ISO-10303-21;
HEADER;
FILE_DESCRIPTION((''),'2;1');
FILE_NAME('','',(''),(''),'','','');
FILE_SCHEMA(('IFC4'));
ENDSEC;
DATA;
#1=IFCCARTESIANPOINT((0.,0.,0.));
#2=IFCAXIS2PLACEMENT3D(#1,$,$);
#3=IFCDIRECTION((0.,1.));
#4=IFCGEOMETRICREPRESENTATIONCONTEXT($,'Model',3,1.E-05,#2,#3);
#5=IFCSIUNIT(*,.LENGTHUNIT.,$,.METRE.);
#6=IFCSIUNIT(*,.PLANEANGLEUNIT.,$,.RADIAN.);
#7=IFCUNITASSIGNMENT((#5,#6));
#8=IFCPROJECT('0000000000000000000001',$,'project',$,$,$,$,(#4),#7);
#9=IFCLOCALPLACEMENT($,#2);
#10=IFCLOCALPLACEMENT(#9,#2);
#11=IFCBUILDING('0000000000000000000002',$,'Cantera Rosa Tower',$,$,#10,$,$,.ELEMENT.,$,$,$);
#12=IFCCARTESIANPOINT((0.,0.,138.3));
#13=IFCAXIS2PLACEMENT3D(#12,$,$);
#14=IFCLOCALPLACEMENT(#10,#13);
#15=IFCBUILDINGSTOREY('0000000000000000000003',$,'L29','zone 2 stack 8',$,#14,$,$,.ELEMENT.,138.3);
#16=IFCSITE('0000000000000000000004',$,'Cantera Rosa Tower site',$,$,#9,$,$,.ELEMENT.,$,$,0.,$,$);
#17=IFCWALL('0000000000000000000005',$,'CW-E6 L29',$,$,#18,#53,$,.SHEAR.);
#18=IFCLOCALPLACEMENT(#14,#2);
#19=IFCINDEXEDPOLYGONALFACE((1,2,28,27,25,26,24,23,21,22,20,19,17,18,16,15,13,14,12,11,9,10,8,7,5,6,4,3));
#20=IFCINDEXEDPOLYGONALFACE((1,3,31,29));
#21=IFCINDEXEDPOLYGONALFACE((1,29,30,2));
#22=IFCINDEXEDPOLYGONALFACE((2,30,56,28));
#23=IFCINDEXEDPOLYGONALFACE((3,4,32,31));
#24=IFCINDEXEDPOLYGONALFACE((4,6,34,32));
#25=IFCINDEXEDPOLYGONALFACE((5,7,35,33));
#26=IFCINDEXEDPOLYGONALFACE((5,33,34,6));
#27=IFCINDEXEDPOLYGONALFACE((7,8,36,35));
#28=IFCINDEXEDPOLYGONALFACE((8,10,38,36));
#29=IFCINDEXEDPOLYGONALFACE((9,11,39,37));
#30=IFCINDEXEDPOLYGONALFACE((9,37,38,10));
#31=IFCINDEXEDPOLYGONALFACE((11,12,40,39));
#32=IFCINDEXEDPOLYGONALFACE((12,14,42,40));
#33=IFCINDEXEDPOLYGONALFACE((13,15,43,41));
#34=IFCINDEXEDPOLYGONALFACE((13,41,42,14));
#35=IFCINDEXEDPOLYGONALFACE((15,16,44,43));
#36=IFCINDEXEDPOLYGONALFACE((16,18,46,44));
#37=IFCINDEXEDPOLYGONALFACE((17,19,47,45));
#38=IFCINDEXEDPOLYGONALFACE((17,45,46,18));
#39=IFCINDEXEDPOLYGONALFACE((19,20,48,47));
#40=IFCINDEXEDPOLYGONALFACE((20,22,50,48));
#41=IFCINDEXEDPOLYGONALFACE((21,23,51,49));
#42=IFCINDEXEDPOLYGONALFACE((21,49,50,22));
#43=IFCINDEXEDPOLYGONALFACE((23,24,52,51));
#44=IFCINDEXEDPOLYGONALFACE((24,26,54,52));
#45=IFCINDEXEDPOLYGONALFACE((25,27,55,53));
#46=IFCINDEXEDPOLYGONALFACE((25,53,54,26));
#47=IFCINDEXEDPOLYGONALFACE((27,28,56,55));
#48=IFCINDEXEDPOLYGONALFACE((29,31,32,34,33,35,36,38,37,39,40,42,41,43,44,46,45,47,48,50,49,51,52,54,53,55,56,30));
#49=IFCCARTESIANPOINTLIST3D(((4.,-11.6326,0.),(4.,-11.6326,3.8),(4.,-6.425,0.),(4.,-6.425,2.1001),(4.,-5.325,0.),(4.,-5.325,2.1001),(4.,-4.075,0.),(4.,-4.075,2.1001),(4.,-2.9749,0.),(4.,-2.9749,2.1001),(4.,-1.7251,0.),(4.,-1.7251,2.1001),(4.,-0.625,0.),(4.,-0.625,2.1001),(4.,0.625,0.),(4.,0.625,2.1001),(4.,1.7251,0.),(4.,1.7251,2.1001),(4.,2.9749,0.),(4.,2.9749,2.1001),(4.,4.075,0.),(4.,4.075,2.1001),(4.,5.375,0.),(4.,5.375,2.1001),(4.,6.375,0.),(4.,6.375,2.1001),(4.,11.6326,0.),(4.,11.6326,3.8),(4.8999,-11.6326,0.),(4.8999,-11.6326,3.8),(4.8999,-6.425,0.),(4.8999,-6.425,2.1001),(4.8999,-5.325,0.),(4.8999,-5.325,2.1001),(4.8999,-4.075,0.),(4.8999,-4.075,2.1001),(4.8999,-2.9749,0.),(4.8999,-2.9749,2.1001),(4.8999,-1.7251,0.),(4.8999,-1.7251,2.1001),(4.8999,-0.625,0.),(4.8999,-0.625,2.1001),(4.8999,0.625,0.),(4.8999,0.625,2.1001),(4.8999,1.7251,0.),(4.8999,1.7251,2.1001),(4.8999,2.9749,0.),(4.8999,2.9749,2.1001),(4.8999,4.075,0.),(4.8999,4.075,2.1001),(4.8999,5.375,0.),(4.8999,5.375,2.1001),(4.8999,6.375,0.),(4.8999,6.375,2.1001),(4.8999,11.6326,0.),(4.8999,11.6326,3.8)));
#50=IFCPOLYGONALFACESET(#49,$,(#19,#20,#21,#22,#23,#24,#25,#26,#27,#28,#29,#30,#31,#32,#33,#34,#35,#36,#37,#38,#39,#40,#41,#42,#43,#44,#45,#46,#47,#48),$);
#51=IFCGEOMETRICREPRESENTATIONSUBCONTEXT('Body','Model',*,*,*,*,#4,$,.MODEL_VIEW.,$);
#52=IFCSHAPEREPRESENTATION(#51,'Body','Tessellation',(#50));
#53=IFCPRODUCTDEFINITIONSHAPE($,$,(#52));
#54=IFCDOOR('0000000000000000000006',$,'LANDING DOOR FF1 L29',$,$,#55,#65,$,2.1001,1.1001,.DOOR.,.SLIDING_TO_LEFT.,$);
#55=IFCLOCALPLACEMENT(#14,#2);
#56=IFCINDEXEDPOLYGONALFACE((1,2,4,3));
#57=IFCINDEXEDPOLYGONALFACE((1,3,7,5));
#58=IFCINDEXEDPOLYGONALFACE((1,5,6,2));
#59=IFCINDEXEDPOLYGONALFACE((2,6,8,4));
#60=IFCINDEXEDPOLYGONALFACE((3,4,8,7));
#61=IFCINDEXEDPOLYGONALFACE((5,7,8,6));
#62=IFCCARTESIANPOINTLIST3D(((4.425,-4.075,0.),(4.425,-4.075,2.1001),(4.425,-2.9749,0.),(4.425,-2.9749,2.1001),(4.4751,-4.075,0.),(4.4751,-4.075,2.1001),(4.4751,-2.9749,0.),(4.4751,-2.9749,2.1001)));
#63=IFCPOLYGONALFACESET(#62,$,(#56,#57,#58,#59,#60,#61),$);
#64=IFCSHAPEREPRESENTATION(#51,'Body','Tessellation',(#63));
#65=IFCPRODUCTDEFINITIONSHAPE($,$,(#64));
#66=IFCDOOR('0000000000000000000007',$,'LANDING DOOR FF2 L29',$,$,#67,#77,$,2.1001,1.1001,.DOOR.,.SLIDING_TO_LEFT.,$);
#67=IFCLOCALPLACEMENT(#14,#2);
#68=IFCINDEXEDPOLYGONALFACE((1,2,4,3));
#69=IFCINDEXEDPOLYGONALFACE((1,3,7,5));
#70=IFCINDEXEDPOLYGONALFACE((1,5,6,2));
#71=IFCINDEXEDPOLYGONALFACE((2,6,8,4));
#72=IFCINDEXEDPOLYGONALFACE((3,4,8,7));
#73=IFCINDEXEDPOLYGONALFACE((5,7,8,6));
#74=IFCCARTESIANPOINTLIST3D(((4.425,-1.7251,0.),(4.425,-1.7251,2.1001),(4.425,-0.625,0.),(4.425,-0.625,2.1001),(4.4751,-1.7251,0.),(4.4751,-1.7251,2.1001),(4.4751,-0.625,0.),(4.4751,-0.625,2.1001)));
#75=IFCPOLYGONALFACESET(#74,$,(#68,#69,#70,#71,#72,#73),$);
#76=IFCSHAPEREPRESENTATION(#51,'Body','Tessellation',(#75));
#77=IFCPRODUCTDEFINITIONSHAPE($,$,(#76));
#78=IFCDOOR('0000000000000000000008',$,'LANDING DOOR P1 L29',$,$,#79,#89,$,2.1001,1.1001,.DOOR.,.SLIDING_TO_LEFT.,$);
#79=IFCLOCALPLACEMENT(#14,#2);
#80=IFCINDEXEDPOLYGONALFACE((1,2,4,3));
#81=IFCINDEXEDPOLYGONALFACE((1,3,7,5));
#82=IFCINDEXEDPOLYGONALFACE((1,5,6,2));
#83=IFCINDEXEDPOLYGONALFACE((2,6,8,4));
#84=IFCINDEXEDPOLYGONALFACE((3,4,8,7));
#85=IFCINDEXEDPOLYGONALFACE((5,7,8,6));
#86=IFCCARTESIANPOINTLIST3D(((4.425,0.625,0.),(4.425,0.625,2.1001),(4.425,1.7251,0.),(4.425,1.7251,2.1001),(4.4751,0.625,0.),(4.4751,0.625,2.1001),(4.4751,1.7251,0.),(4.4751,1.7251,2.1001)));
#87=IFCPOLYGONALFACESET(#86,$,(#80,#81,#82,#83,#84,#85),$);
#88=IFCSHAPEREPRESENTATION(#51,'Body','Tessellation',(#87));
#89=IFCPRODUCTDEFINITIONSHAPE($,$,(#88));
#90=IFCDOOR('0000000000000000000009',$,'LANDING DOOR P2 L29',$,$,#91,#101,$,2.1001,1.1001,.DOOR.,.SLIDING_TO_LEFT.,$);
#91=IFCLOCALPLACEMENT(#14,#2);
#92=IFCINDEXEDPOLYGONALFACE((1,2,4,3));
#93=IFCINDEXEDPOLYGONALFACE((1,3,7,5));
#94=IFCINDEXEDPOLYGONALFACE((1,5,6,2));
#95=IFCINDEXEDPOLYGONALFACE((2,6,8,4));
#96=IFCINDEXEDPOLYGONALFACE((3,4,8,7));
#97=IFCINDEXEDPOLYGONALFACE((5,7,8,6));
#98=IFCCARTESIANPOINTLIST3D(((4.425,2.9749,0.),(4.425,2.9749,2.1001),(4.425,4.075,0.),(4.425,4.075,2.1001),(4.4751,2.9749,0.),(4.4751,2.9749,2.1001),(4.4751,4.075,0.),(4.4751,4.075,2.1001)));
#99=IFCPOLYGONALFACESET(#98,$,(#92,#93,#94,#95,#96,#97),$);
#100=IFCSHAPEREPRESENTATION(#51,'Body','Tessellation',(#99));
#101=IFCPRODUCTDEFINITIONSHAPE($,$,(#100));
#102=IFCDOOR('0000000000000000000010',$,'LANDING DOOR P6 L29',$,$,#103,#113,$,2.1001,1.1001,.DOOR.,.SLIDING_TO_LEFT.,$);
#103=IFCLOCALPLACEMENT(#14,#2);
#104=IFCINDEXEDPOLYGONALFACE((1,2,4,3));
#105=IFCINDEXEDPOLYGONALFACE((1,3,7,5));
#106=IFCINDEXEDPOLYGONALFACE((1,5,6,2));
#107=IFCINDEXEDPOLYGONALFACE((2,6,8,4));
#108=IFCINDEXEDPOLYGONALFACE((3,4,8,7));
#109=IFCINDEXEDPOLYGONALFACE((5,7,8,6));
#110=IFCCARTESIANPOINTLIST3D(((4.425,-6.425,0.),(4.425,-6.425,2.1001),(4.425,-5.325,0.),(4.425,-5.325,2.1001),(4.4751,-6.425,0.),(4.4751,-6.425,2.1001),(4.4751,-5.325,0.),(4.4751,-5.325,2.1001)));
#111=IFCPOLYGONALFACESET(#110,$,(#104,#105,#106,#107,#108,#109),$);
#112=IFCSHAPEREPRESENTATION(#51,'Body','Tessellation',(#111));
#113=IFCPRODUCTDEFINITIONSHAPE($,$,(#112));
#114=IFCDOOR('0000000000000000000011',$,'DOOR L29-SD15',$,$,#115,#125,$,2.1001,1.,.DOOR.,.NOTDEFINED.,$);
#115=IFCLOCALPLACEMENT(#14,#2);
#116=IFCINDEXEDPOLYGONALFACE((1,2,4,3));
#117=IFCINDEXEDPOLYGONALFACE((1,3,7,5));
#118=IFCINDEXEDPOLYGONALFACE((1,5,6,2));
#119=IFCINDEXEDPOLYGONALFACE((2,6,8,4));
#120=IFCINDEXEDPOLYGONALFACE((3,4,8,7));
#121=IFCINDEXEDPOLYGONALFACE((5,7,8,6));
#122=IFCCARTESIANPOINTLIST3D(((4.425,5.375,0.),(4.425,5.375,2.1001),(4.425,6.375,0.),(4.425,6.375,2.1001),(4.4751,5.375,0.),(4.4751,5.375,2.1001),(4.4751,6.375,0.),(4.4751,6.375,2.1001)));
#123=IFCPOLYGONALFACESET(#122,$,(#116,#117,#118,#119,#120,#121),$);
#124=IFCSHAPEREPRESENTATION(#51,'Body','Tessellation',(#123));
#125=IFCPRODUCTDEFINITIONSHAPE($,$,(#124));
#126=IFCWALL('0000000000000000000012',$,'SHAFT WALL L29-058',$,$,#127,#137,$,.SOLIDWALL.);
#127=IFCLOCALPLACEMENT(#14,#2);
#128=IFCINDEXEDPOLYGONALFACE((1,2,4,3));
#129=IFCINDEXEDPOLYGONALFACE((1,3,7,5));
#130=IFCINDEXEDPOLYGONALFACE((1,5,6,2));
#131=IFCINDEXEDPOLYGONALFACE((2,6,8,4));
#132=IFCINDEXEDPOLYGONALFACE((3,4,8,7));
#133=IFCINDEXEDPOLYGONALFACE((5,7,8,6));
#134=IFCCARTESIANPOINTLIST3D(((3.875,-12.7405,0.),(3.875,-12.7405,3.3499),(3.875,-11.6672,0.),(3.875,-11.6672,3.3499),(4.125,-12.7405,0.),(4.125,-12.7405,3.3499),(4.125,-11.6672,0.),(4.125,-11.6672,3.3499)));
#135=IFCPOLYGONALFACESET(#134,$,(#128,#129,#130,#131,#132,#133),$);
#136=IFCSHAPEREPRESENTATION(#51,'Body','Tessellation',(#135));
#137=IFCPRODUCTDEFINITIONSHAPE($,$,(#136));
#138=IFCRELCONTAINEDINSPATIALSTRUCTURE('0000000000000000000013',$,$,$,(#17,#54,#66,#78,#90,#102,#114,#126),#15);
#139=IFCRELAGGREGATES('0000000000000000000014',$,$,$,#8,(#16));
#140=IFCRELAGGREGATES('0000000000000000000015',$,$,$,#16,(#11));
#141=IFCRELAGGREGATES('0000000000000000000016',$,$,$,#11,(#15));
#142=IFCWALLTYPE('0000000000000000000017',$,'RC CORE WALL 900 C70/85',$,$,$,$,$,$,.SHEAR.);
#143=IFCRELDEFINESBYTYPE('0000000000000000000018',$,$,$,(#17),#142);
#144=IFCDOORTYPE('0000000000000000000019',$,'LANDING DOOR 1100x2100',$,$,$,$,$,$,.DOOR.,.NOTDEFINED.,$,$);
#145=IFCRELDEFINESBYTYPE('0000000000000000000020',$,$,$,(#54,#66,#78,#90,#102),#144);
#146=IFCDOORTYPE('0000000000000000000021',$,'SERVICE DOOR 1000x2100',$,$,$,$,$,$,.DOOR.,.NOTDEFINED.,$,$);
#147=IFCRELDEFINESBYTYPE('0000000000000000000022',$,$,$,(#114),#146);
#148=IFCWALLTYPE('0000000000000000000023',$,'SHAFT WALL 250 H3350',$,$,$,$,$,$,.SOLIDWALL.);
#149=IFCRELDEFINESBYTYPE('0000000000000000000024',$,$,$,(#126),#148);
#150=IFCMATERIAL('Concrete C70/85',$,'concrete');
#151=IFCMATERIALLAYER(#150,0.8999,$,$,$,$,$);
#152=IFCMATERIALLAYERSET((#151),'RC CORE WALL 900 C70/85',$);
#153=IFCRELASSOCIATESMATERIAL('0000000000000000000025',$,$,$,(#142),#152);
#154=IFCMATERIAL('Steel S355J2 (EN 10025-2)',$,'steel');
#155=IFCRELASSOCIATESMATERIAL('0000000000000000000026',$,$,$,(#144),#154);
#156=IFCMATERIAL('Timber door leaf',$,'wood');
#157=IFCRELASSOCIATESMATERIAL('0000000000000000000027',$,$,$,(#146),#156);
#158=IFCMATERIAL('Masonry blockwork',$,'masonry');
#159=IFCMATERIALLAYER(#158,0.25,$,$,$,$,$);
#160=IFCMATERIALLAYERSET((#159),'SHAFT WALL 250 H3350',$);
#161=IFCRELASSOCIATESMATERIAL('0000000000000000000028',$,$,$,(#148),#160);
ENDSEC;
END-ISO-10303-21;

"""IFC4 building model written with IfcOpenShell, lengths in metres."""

from ifc_helpers import new_model, si_unit, direction, frame, frame_2d, origin, place, context, subcontext, project, spatial, rectangle, extrude, material, layer, layer_set, type_object, element, fill, save


model = new_model("IFC4")

# Units and contexts
model_context = context("Model", 3, precision=1e-05, world=origin(), true_north=direction((0.0, 1.0)))
body_context = subcontext(model_context, "Body", "Model", "MODEL_VIEW")
ifc_project = project(units=[si_unit("LENGTHUNIT", "METRE"), si_unit("PLANEANGLEUNIT", "RADIAN")], contexts=[model_context])

# Site, building, storey
site_placement = place(None, origin())
site = spatial("IfcSite", under=ifc_project, at=site_placement, Name="Cantera Rosa Tower site", CompositionType="ELEMENT", RefElevation=0.0)
building_placement = place(site_placement, origin())
building = spatial("IfcBuilding", under=site, at=building_placement, Name="Cantera Rosa Tower", CompositionType="ELEMENT")
storey_placement = place(building_placement, frame((0.0, 0.0, 138.3)))
storey = spatial("IfcBuildingStorey", under=building, at=storey_placement, Name="L29", Description="zone 2 stack 8", CompositionType="ELEMENT", Elevation=138.3)

# Shared definitions
ifc_material_1 = material(Name="Concrete C70/85", Category="concrete")
ifc_layer_1 = layer(ifc_material_1, 0.8999)
ifc_layer_set_1 = layer_set([ifc_layer_1], Name="RC CORE WALL 900 C70/85")
wall_type_1 = type_object("IfcWallType", Name="RC CORE WALL 900 C70/85", PredefinedType="SHEAR", material=ifc_layer_set_1)

# Wall, openings, doors
wall_1_placement = place(storey_placement, frame((4.45, -11.6326, 0.0), z_axis=(0.0, 0.0, 1.0), x_axis=(0.0, 1.0, 0.0)))
wall_1 = element("IfcWall", 1, at=wall_1_placement, inside=storey, type_object=wall_type_1, Name="CW-E6 L29", PredefinedType="SHEAR", context=body_context, shape_type="SweptSolid", body=[
    extrude(rectangle(XDim=23.2651, YDim=0.8999, at=frame_2d((11.6326, 0.0))), origin(), (0.0, 0.0, 1.0), 3.8),
])
opening_1_placement = place(wall_1_placement, frame((7.5576, 0.0, 0.0)))
opening_1 = element("IfcOpeningElement", 2, at=opening_1_placement, cuts=wall_1, PredefinedType="OPENING", context=body_context, shape_type="SweptSolid", body=[
    extrude(rectangle(XDim=1.1001, YDim=2.1001, at=frame_2d((0.55, 1.05))), frame((0.0, 0.46, 0.0), z_axis=(0.0, -1.0, 0.0), x_axis=(1.0, 0.0, 0.0)), (0.0, 0.0, 1.0), 0.9199),
])
opening_2_placement = place(wall_1_placement, frame((9.9075, 0.0, 0.0)))
opening_2 = element("IfcOpeningElement", 3, at=opening_2_placement, cuts=wall_1, PredefinedType="OPENING", context=body_context, shape_type="SweptSolid", body=[
    extrude(rectangle(XDim=1.1001, YDim=2.1001, at=frame_2d((0.55, 1.05))), frame((0.0, 0.46, 0.0), z_axis=(0.0, -1.0, 0.0), x_axis=(1.0, 0.0, 0.0)), (0.0, 0.0, 1.0), 0.9199),
])
opening_3_placement = place(wall_1_placement, frame((12.2576, 0.0, 0.0)))
opening_3 = element("IfcOpeningElement", 4, at=opening_3_placement, cuts=wall_1, PredefinedType="OPENING", context=body_context, shape_type="SweptSolid", body=[
    extrude(rectangle(XDim=1.1001, YDim=2.1001, at=frame_2d((0.55, 1.05))), frame((0.0, 0.46, 0.0), z_axis=(0.0, -1.0, 0.0), x_axis=(1.0, 0.0, 0.0)), (0.0, 0.0, 1.0), 0.9199),
])
opening_4_placement = place(wall_1_placement, frame((14.6074, 0.0, 0.0)))
opening_4 = element("IfcOpeningElement", 5, at=opening_4_placement, cuts=wall_1, PredefinedType="OPENING", context=body_context, shape_type="SweptSolid", body=[
    extrude(rectangle(XDim=1.1001, YDim=2.1001, at=frame_2d((0.55, 1.05))), frame((0.0, 0.46, 0.0), z_axis=(0.0, -1.0, 0.0), x_axis=(1.0, 0.0, 0.0)), (0.0, 0.0, 1.0), 0.9199),
])
opening_5_placement = place(wall_1_placement, frame((5.2075, 0.0, 0.0)))
opening_5 = element("IfcOpeningElement", 6, at=opening_5_placement, cuts=wall_1, PredefinedType="OPENING", context=body_context, shape_type="SweptSolid", body=[
    extrude(rectangle(XDim=1.1001, YDim=2.1001, at=frame_2d((0.55, 1.05))), frame((0.0, 0.46, 0.0), z_axis=(0.0, -1.0, 0.0), x_axis=(1.0, 0.0, 0.0)), (0.0, 0.0, 1.0), 0.9199),
])
opening_6_placement = place(wall_1_placement, frame((17.0076, 0.0, 0.0)))
opening_6 = element("IfcOpeningElement", 7, at=opening_6_placement, cuts=wall_1, PredefinedType="OPENING", context=body_context, shape_type="SweptSolid", body=[
    extrude(rectangle(XDim=1.0, YDim=2.1001, at=frame_2d((0.5, 1.05))), frame((0.0, 0.46, 0.0), z_axis=(0.0, -1.0, 0.0), x_axis=(1.0, 0.0, 0.0)), (0.0, 0.0, 1.0), 0.9199),
])
ifc_material_2 = material(Name="Steel S355J2 (EN 10025-2)", Category="steel")
door_type_1 = type_object("IfcDoorType", Name="LANDING DOOR 1100x2100", OperationType="NOTDEFINED", PredefinedType="DOOR", material=ifc_material_2)
door_1_placement = place(opening_1_placement, origin())
door_1 = element("IfcDoor", 8, at=door_1_placement, inside=storey, type_object=door_type_1, Name="LANDING DOOR FF1 L29", OperationType="SLIDING_TO_LEFT", OverallHeight=2.1001, OverallWidth=1.1001, PredefinedType="DOOR", context=body_context, shape_type="SweptSolid", body=[
    extrude(rectangle(XDim=1.1001, YDim=2.1001, at=frame_2d((0.55, 1.05))), frame((0.0, 0.0249, 0.0), z_axis=(0.0, -1.0, 0.0), x_axis=(1.0, 0.0, 0.0)), (0.0, 0.0, 1.0), 0.05),
])
fill(opening_1, door_1)
door_2_placement = place(opening_2_placement, origin())
door_2 = element("IfcDoor", 9, at=door_2_placement, inside=storey, type_object=door_type_1, Name="LANDING DOOR FF2 L29", OperationType="SLIDING_TO_LEFT", OverallHeight=2.1001, OverallWidth=1.1001, PredefinedType="DOOR", context=body_context, shape_type="SweptSolid", body=[
    extrude(rectangle(XDim=1.1001, YDim=2.1001, at=frame_2d((0.55, 1.05))), frame((0.0, 0.0249, 0.0), z_axis=(0.0, -1.0, 0.0), x_axis=(1.0, 0.0, 0.0)), (0.0, 0.0, 1.0), 0.05),
])
fill(opening_2, door_2)
door_3_placement = place(opening_3_placement, origin())
door_3 = element("IfcDoor", 10, at=door_3_placement, inside=storey, type_object=door_type_1, Name="LANDING DOOR P1 L29", OperationType="SLIDING_TO_LEFT", OverallHeight=2.1001, OverallWidth=1.1001, PredefinedType="DOOR", context=body_context, shape_type="SweptSolid", body=[
    extrude(rectangle(XDim=1.1001, YDim=2.1001, at=frame_2d((0.55, 1.05))), frame((0.0, 0.0249, 0.0), z_axis=(0.0, -1.0, 0.0), x_axis=(1.0, 0.0, 0.0)), (0.0, 0.0, 1.0), 0.05),
])
fill(opening_3, door_3)
door_4_placement = place(opening_4_placement, origin())
door_4 = element("IfcDoor", 11, at=door_4_placement, inside=storey, type_object=door_type_1, Name="LANDING DOOR P2 L29", OperationType="SLIDING_TO_LEFT", OverallHeight=2.1001, OverallWidth=1.1001, PredefinedType="DOOR", context=body_context, shape_type="SweptSolid", body=[
    extrude(rectangle(XDim=1.1001, YDim=2.1001, at=frame_2d((0.55, 1.05))), frame((0.0, 0.0249, 0.0), z_axis=(0.0, -1.0, 0.0), x_axis=(1.0, 0.0, 0.0)), (0.0, 0.0, 1.0), 0.05),
])
fill(opening_4, door_4)
door_5_placement = place(opening_5_placement, origin())
door_5 = element("IfcDoor", 12, at=door_5_placement, inside=storey, type_object=door_type_1, Name="LANDING DOOR P6 L29", OperationType="SLIDING_TO_LEFT", OverallHeight=2.1001, OverallWidth=1.1001, PredefinedType="DOOR", context=body_context, shape_type="SweptSolid", body=[
    extrude(rectangle(XDim=1.1001, YDim=2.1001, at=frame_2d((0.55, 1.05))), frame((0.0, 0.0249, 0.0), z_axis=(0.0, -1.0, 0.0), x_axis=(1.0, 0.0, 0.0)), (0.0, 0.0, 1.0), 0.05),
])
fill(opening_5, door_5)
ifc_material_3 = material(Name="Timber door leaf", Category="wood")
door_type_2 = type_object("IfcDoorType", Name="SERVICE DOOR 1000x2100", OperationType="NOTDEFINED", PredefinedType="DOOR", material=ifc_material_3)
door_6_placement = place(opening_6_placement, origin())
door_6 = element("IfcDoor", 13, at=door_6_placement, inside=storey, type_object=door_type_2, Name="DOOR L29-SD15", OperationType="NOTDEFINED", OverallHeight=2.1001, OverallWidth=1.0, PredefinedType="DOOR", context=body_context, shape_type="SweptSolid", body=[
    extrude(rectangle(XDim=1.0, YDim=2.1001, at=frame_2d((0.5, 1.05))), frame((0.0, 0.0249, 0.0), z_axis=(0.0, -1.0, 0.0), x_axis=(1.0, 0.0, 0.0)), (0.0, 0.0, 1.0), 0.05),
])
fill(opening_6, door_6)

# Wall
ifc_material_4 = material(Name="Masonry blockwork", Category="masonry")
ifc_layer_2 = layer(ifc_material_4, 0.25)
ifc_layer_set_2 = layer_set([ifc_layer_2], Name="SHAFT WALL 250 H3350")
wall_type_2 = type_object("IfcWallType", Name="SHAFT WALL 250 H3350", PredefinedType="SOLIDWALL", material=ifc_layer_set_2)
wall_2_placement = place(storey_placement, frame((4.0, -12.7405, 0.0), z_axis=(0.0, 0.0, 1.0), x_axis=(0.0, 1.0, 0.0)))
element("IfcWall", 14, at=wall_2_placement, inside=storey, type_object=wall_type_2, Name="SHAFT WALL L29-058", PredefinedType="SOLIDWALL", context=body_context, shape_type="SweptSolid", body=[
    extrude(rectangle(XDim=1.0732, YDim=0.25, at=frame_2d((0.5366, 0.0))), origin(), (0.0, 0.0, 1.0), 3.3499),
])

save(model, "model.ifc")
